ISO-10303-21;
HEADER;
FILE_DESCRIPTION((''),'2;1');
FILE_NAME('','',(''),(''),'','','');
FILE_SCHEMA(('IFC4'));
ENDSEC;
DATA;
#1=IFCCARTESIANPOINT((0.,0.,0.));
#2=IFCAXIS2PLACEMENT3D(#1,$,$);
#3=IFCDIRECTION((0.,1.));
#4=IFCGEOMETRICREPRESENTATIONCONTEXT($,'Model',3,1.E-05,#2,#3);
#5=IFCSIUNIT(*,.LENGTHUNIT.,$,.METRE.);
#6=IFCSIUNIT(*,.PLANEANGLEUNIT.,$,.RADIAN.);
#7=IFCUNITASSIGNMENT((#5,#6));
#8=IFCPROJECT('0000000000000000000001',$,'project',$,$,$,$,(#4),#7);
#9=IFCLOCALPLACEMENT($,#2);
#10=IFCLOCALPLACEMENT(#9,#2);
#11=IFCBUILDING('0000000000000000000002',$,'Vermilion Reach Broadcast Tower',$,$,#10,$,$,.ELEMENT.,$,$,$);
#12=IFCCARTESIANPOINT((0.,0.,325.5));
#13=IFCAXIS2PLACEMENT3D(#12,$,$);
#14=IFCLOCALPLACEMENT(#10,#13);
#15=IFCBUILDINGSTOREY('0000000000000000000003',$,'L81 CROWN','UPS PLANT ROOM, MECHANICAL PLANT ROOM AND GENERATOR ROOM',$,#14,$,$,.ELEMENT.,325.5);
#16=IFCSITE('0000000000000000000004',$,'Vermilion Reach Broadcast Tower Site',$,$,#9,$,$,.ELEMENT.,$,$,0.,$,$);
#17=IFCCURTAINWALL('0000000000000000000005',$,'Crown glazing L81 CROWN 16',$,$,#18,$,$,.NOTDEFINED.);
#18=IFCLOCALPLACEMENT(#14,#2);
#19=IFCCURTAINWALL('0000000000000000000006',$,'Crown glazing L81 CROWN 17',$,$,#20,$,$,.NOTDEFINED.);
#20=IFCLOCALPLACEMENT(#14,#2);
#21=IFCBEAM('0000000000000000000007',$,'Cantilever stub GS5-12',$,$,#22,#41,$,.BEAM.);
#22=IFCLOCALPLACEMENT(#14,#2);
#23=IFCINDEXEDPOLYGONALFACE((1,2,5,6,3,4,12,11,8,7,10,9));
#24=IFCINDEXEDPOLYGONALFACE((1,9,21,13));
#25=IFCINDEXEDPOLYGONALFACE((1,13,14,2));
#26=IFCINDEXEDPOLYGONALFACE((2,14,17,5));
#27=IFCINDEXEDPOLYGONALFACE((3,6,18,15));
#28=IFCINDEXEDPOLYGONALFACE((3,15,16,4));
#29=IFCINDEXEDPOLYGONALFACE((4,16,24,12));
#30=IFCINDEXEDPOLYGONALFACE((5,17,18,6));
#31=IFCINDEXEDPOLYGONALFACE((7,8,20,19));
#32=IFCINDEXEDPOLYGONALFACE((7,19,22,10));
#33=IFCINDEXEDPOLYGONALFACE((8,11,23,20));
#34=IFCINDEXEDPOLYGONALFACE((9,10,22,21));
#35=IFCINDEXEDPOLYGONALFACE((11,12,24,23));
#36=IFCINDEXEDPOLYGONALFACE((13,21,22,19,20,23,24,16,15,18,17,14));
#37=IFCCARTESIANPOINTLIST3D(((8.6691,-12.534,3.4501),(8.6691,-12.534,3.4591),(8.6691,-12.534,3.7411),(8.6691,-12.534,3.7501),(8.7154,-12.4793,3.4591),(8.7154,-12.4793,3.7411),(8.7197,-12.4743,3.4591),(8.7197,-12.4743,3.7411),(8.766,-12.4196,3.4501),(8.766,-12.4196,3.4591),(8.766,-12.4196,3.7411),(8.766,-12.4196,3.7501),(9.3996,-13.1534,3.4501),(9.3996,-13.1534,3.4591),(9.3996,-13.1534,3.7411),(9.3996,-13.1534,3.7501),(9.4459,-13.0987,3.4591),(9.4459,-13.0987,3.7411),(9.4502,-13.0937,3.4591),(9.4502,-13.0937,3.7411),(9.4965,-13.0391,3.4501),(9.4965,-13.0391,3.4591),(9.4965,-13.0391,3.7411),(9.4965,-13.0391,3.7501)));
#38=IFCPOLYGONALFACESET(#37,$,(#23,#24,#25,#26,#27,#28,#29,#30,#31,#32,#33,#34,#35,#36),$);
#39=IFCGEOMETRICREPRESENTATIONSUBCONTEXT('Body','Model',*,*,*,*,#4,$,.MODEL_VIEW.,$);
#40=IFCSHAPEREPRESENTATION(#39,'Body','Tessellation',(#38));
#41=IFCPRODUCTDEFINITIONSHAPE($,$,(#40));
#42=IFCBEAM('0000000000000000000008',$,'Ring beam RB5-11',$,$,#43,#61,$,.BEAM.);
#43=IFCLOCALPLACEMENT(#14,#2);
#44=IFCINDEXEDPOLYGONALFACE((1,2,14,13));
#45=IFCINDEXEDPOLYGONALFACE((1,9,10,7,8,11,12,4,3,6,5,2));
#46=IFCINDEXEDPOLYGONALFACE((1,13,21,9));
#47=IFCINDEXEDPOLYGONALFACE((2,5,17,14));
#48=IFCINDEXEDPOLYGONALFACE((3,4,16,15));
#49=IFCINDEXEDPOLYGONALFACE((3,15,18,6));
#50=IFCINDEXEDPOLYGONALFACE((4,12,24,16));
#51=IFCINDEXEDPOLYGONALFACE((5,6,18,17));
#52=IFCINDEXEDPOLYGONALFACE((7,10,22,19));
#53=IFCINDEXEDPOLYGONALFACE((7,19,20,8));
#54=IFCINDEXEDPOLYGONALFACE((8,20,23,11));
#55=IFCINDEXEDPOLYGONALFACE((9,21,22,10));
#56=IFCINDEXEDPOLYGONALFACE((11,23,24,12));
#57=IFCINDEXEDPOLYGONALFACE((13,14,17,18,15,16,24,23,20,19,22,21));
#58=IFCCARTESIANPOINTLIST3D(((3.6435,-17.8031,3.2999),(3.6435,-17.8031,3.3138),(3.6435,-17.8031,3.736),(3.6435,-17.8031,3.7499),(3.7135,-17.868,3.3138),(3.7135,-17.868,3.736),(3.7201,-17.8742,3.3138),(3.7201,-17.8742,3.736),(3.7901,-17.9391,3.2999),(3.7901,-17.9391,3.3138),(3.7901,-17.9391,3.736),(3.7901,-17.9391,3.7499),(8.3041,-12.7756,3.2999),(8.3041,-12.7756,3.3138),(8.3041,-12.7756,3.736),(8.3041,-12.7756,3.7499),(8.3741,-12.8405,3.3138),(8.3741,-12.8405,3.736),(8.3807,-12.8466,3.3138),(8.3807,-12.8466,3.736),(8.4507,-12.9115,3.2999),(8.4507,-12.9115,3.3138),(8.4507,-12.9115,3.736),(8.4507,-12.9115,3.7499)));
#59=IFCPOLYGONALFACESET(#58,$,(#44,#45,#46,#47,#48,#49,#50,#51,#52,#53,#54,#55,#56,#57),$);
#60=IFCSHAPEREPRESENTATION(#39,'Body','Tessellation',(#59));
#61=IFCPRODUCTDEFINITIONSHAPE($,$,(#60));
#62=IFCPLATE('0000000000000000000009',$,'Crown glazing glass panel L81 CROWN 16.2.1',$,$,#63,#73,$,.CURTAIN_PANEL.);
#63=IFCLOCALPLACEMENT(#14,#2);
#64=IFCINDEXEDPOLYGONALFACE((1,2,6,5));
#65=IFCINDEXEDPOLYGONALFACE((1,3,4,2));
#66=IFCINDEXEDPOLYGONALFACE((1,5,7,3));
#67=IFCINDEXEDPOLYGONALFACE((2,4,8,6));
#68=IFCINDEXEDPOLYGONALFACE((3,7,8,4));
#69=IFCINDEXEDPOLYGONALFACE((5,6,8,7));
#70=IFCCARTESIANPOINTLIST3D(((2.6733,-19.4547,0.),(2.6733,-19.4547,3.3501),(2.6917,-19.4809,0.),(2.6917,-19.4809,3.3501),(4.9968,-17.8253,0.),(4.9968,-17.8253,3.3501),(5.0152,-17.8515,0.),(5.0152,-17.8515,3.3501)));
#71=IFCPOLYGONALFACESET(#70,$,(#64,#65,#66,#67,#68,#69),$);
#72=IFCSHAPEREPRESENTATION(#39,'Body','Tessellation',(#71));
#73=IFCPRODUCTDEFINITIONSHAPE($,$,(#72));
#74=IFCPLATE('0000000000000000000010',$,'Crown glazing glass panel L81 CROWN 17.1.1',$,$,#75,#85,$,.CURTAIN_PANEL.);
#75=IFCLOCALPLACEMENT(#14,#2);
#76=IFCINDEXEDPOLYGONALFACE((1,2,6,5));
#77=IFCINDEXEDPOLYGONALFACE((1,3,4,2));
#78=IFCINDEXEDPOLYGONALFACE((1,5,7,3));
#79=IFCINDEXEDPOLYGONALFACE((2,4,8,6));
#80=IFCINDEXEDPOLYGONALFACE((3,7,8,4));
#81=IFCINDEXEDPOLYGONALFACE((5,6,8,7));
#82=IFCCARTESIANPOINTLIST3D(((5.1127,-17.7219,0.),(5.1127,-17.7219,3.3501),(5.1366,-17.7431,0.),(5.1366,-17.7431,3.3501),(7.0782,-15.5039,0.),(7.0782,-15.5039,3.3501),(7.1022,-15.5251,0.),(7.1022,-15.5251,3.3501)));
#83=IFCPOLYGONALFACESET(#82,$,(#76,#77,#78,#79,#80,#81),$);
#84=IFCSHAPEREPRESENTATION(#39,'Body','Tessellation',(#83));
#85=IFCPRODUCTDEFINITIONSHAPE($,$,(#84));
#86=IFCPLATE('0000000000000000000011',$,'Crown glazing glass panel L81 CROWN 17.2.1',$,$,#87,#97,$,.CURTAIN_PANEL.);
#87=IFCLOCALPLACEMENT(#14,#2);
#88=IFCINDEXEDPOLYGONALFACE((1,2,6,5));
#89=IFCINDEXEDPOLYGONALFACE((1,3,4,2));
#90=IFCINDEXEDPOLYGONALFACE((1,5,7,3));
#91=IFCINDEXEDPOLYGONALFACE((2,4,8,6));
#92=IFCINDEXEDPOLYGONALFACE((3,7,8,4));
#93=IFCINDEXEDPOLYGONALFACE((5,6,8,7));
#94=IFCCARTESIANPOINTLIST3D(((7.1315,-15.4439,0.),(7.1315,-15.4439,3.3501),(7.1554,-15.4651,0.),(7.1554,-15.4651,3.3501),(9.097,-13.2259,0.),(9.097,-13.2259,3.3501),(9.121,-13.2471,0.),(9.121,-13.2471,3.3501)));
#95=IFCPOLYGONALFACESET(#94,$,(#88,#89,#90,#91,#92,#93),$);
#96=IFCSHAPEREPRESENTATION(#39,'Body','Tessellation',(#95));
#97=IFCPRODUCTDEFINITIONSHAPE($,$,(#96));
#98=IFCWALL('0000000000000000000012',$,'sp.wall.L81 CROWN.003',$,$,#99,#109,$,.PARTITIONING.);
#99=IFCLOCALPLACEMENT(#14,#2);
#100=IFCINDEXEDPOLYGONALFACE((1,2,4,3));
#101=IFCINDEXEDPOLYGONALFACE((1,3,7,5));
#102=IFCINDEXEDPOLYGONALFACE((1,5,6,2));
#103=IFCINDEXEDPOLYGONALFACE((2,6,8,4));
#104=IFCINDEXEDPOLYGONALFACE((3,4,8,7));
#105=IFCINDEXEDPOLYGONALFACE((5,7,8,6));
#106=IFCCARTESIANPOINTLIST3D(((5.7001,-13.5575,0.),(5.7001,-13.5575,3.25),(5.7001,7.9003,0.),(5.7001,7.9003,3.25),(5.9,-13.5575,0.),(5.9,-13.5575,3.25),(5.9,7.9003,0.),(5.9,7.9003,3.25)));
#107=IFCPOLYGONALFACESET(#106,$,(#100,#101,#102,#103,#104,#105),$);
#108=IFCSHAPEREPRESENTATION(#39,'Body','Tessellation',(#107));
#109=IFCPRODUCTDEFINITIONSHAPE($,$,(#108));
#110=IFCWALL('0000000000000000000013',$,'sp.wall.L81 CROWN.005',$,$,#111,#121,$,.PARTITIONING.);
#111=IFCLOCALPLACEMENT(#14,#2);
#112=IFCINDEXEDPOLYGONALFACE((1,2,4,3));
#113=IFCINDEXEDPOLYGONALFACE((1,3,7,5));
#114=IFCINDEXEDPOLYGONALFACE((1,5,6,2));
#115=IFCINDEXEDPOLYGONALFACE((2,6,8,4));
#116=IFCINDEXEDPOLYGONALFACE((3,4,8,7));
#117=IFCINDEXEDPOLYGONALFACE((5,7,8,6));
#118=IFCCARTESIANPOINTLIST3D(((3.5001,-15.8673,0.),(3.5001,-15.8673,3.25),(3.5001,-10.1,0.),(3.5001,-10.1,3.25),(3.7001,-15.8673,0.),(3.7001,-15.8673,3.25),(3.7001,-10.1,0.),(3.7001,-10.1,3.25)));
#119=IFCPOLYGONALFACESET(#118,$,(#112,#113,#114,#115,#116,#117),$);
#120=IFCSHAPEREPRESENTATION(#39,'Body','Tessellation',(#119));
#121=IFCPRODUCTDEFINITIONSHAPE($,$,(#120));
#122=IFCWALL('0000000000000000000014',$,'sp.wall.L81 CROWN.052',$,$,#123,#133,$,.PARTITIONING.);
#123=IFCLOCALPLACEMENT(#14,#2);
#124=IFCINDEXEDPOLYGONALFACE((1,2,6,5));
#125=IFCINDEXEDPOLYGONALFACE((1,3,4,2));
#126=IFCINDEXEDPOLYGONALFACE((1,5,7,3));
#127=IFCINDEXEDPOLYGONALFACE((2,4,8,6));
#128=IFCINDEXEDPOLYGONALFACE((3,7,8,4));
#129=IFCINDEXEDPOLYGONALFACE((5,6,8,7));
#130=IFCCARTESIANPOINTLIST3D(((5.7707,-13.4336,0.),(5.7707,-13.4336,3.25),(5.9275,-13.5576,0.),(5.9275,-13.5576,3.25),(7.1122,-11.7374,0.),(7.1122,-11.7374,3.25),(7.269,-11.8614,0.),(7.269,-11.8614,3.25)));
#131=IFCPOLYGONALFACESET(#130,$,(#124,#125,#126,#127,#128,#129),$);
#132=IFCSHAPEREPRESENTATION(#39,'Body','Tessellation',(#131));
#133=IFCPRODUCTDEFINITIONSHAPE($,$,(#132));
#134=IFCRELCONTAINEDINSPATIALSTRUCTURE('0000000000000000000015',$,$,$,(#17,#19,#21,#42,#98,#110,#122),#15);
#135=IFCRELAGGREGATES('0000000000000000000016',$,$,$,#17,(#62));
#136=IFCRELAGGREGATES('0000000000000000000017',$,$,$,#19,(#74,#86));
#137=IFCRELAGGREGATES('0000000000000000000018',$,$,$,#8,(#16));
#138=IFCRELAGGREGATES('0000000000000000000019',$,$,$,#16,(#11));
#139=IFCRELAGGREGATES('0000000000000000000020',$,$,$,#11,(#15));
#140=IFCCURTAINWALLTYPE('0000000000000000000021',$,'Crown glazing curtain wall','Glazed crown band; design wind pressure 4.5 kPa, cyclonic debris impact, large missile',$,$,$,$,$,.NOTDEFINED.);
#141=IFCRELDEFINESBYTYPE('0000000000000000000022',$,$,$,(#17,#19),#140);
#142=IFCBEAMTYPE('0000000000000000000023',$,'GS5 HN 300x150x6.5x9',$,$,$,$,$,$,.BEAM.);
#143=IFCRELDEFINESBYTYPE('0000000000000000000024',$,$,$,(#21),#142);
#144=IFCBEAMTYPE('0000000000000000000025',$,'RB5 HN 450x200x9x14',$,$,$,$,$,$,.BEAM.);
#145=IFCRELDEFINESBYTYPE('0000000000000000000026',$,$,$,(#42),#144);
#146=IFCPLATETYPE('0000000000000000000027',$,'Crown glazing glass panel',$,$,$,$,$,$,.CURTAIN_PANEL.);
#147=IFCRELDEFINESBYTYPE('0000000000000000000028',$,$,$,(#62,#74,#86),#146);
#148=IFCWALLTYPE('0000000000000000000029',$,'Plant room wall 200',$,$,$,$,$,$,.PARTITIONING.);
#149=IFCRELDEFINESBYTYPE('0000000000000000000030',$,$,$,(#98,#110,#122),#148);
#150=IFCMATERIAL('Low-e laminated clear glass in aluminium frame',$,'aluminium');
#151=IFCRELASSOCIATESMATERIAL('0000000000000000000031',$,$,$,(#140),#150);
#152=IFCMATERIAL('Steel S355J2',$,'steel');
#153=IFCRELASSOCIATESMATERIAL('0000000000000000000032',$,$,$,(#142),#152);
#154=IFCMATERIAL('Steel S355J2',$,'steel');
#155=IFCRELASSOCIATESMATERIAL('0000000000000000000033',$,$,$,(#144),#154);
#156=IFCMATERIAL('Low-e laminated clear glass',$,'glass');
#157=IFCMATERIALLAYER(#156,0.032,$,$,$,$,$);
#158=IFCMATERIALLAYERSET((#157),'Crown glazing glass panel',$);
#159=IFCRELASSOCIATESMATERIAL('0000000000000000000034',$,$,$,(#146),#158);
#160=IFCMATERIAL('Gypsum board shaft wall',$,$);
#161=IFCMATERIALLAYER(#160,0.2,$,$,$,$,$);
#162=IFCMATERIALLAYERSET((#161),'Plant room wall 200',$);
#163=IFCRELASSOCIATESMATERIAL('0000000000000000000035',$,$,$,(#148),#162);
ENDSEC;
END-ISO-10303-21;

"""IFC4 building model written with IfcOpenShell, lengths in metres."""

from ifc_helpers import new_model, si_unit, direction, frame, frame_2d, origin, origin_2d, place, context, subcontext, project, spatial, rectangle, i_section, extrude, material, layer, layer_set, material_profile, profile_set, type_object, element, aggregate, save


model = new_model("IFC4")

# Units and contexts
model_context = context("Model", 3, precision=1e-05, world=origin(), true_north=direction((0.0, 1.0)))
body_context = subcontext(model_context, "Body", "Model", "MODEL_VIEW")
ifc_project = project(units=[si_unit("LENGTHUNIT", "METRE"), si_unit("PLANEANGLEUNIT", "RADIAN")], contexts=[model_context])

# Site, building, storey
site_placement = place(None, origin())
site = spatial("IfcSite", under=ifc_project, at=site_placement, Name="Vermilion Reach Broadcast Tower Site", CompositionType="ELEMENT", RefElevation=0.0)
building_placement = place(site_placement, origin())
building = spatial("IfcBuilding", under=site, at=building_placement, Name="Vermilion Reach Broadcast Tower", CompositionType="ELEMENT")
storey_placement = place(building_placement, frame((0.0, 0.0, 325.5)))
storey = spatial("IfcBuildingStorey", under=building, at=storey_placement, Name="L81 CROWN", Description="UPS PLANT ROOM, MECHANICAL PLANT ROOM AND GENERATOR ROOM", CompositionType="ELEMENT", Elevation=325.5)

# Curtain walls
ifc_material_1 = material(Name="Low-e laminated clear glass in aluminium frame", Category="aluminium")
curtain_wall_type = type_object("IfcCurtainWallType", Name="Crown glazing curtain wall", Description="Glazed crown band; design wind pressure 4.5 kPa, cyclonic debris impact, large missile", PredefinedType="NOTDEFINED", material=ifc_material_1)
placement = place(storey_placement, origin())
curtain_wall_1 = element("IfcCurtainWall", 1, at=placement, inside=storey, type_object=curtain_wall_type, Name="Crown glazing L81 CROWN 16", PredefinedType="NOTDEFINED")
curtain_wall_2 = element("IfcCurtainWall", 2, at=placement, inside=storey, type_object=curtain_wall_type, Name="Crown glazing L81 CROWN 17", PredefinedType="NOTDEFINED")

# Beams
ifc_material_2 = material(Name="Steel S355J2", Category="steel")
ifc_material_profile_1 = material_profile(ifc_material_2, i_section(OverallWidth=0.1499, OverallDepth=0.3, WebThickness=0.0066, FlangeThickness=0.009, at=origin_2d()), Name="S355J2 HN 300x150x6.5x9")
ifc_profile_set_1 = profile_set([ifc_material_profile_1], Name="Steel S355J2")
beam_type_1 = type_object("IfcBeamType", Name="GS5 HN 300x150x6.5x9", PredefinedType="BEAM", material=ifc_profile_set_1)
beam_1_placement = place(storey_placement, frame((8.7175, -12.4768, 3.6001), z_axis=(0.762719, -0.64673, 0.0), x_axis=(0.64673, 0.762719, 0.0)))
element("IfcBeam", 3, at=beam_1_placement, inside=storey, type_object=beam_type_1, Name="Cantilever stub GS5-12", PredefinedType="BEAM", context=body_context, shape_type="SweptSolid", body=[
    extrude(i_section(OverallWidth=0.1499, OverallDepth=0.3, WebThickness=0.0066, FlangeThickness=0.009, at=origin_2d()), origin(), (0.0, 0.0, 1.0), 0.9578),
])
ifc_material_3 = material(Name="Steel S355J2", Category="steel")
ifc_material_profile_2 = material_profile(ifc_material_3, i_section(OverallWidth=0.2, OverallDepth=0.45, WebThickness=0.009, FlangeThickness=0.0139, at=origin_2d()), Name="S355J2 HN 450x200x9x14")
ifc_profile_set_2 = profile_set([ifc_material_profile_2], Name="Steel S355J2")
beam_type_2 = type_object("IfcBeamType", Name="RB5 HN 450x200x9x14", PredefinedType="BEAM", material=ifc_profile_set_2)
beam_2_placement = place(storey_placement, frame((3.7168, -17.8711, 3.5249), z_axis=(0.679838, 0.733363, 0.0), x_axis=(-0.733363, 0.679838, 0.0)))
element("IfcBeam", 4, at=beam_2_placement, inside=storey, type_object=beam_type_2, Name="Ring beam RB5-11", PredefinedType="BEAM", context=body_context, shape_type="SweptSolid", body=[
    extrude(i_section(OverallWidth=0.2, OverallDepth=0.45, WebThickness=0.009, FlangeThickness=0.0139, at=origin_2d()), origin(), (0.0, 0.0, 1.0), 6.8555),
])

# Plates
ifc_material_4 = material(Name="Low-e laminated clear glass", Category="glass")
ifc_layer_1 = layer(ifc_material_4, 0.032)
ifc_layer_set_1 = layer_set([ifc_layer_1], Name="Crown glazing glass panel")
plate_type = type_object("IfcPlateType", Name="Crown glazing glass panel", PredefinedType="CURTAIN_PANEL", material=ifc_layer_set_1)
plate_1_placement = place(storey_placement, frame((3.8442, -18.6531, 0.0), z_axis=(0.0, 0.0, 1.0), x_axis=(0.81874, 0.574164, 0.0)))
plate_1 = element("IfcPlate", 5, at=plate_1_placement, type_object=plate_type, Name="Crown glazing glass panel L81 CROWN 16.2.1", PredefinedType="CURTAIN_PANEL", context=body_context, shape_type="SweptSolid", body=[
    extrude(rectangle(XDim=2.8379, YDim=0.032, at=origin_2d()), origin(), (0.0, 0.0, 1.0), 3.3501),
])
aggregate(curtain_wall_1, [plate_1])
plate_2_placement = place(storey_placement, frame((6.1074, -16.6235, 0.0), z_axis=(0.0, 0.0, 1.0), x_axis=(0.663239, 0.748408, 0.0)))
plate_2 = element("IfcPlate", 6, at=plate_2_placement, type_object=plate_type, Name="Crown glazing glass panel L81 CROWN 17.1.1", PredefinedType="CURTAIN_PANEL", context=body_context, shape_type="SweptSolid", body=[
    extrude(rectangle(XDim=2.9636, YDim=0.032, at=origin_2d()), origin(), (0.0, 0.0, 1.0), 3.3501),
])
plate_3_placement = place(storey_placement, frame((8.1262, -14.3455, 0.0), z_axis=(0.0, 0.0, 1.0), x_axis=(0.663239, 0.748408, 0.0)))
plate_3 = element("IfcPlate", 7, at=plate_3_placement, type_object=plate_type, Name="Crown glazing glass panel L81 CROWN 17.2.1", PredefinedType="CURTAIN_PANEL", context=body_context, shape_type="SweptSolid", body=[
    extrude(rectangle(XDim=2.9636, YDim=0.032, at=origin_2d()), origin(), (0.0, 0.0, 1.0), 3.3501),
])
aggregate(curtain_wall_2, [plate_2, plate_3])

# Walls
ifc_material_5 = material(Name="Gypsum board shaft wall")
ifc_layer_2 = layer(ifc_material_5, 0.2)
ifc_layer_set_2 = layer_set([ifc_layer_2], Name="Plant room wall 200")
wall_type = type_object("IfcWallType", Name="Plant room wall 200", PredefinedType="PARTITIONING", material=ifc_layer_set_2)
wall_1_placement = place(storey_placement, frame((5.8, -13.5576, 0.0), z_axis=(0.0, 0.0, 1.0), x_axis=(0.0, 1.0, 0.0)))
element("IfcWall", 8, at=wall_1_placement, inside=storey, type_object=wall_type, Name="sp.wall.L81 CROWN.003", PredefinedType="PARTITIONING", context=body_context, shape_type="SweptSolid", body=[
    extrude(rectangle(XDim=21.4578, YDim=0.2, at=frame_2d((10.729, 0.0))), origin(), (0.0, 0.0, 1.0), 3.25),
])
wall_2_placement = place(storey_placement, frame((3.6001, -15.8674, 0.0), z_axis=(0.0, 0.0, 1.0), x_axis=(0.0, 1.0, 0.0)))
element("IfcWall", 9, at=wall_2_placement, inside=storey, type_object=wall_type, Name="sp.wall.L81 CROWN.005", PredefinedType="PARTITIONING", context=body_context, shape_type="SweptSolid", body=[
    extrude(rectangle(XDim=5.7673, YDim=0.2, at=frame_2d((2.8838, 0.0))), origin(), (0.0, 0.0, 1.0), 3.25),
])
wall_3_placement = place(storey_placement, frame((5.8491, -13.4956, 0.0), z_axis=(0.0, 0.0, 1.0), x_axis=(0.620321, 0.784348, 0.0)))
element("IfcWall", 10, at=wall_3_placement, inside=storey, type_object=wall_type, Name="sp.wall.L81 CROWN.052", PredefinedType="PARTITIONING", context=body_context, shape_type="SweptSolid", body=[
    extrude(rectangle(XDim=2.1626, YDim=0.2, at=frame_2d((1.0813, 0.0))), origin(), (0.0, 0.0, 1.0), 3.25),
])

save(model, "model.ifc")
